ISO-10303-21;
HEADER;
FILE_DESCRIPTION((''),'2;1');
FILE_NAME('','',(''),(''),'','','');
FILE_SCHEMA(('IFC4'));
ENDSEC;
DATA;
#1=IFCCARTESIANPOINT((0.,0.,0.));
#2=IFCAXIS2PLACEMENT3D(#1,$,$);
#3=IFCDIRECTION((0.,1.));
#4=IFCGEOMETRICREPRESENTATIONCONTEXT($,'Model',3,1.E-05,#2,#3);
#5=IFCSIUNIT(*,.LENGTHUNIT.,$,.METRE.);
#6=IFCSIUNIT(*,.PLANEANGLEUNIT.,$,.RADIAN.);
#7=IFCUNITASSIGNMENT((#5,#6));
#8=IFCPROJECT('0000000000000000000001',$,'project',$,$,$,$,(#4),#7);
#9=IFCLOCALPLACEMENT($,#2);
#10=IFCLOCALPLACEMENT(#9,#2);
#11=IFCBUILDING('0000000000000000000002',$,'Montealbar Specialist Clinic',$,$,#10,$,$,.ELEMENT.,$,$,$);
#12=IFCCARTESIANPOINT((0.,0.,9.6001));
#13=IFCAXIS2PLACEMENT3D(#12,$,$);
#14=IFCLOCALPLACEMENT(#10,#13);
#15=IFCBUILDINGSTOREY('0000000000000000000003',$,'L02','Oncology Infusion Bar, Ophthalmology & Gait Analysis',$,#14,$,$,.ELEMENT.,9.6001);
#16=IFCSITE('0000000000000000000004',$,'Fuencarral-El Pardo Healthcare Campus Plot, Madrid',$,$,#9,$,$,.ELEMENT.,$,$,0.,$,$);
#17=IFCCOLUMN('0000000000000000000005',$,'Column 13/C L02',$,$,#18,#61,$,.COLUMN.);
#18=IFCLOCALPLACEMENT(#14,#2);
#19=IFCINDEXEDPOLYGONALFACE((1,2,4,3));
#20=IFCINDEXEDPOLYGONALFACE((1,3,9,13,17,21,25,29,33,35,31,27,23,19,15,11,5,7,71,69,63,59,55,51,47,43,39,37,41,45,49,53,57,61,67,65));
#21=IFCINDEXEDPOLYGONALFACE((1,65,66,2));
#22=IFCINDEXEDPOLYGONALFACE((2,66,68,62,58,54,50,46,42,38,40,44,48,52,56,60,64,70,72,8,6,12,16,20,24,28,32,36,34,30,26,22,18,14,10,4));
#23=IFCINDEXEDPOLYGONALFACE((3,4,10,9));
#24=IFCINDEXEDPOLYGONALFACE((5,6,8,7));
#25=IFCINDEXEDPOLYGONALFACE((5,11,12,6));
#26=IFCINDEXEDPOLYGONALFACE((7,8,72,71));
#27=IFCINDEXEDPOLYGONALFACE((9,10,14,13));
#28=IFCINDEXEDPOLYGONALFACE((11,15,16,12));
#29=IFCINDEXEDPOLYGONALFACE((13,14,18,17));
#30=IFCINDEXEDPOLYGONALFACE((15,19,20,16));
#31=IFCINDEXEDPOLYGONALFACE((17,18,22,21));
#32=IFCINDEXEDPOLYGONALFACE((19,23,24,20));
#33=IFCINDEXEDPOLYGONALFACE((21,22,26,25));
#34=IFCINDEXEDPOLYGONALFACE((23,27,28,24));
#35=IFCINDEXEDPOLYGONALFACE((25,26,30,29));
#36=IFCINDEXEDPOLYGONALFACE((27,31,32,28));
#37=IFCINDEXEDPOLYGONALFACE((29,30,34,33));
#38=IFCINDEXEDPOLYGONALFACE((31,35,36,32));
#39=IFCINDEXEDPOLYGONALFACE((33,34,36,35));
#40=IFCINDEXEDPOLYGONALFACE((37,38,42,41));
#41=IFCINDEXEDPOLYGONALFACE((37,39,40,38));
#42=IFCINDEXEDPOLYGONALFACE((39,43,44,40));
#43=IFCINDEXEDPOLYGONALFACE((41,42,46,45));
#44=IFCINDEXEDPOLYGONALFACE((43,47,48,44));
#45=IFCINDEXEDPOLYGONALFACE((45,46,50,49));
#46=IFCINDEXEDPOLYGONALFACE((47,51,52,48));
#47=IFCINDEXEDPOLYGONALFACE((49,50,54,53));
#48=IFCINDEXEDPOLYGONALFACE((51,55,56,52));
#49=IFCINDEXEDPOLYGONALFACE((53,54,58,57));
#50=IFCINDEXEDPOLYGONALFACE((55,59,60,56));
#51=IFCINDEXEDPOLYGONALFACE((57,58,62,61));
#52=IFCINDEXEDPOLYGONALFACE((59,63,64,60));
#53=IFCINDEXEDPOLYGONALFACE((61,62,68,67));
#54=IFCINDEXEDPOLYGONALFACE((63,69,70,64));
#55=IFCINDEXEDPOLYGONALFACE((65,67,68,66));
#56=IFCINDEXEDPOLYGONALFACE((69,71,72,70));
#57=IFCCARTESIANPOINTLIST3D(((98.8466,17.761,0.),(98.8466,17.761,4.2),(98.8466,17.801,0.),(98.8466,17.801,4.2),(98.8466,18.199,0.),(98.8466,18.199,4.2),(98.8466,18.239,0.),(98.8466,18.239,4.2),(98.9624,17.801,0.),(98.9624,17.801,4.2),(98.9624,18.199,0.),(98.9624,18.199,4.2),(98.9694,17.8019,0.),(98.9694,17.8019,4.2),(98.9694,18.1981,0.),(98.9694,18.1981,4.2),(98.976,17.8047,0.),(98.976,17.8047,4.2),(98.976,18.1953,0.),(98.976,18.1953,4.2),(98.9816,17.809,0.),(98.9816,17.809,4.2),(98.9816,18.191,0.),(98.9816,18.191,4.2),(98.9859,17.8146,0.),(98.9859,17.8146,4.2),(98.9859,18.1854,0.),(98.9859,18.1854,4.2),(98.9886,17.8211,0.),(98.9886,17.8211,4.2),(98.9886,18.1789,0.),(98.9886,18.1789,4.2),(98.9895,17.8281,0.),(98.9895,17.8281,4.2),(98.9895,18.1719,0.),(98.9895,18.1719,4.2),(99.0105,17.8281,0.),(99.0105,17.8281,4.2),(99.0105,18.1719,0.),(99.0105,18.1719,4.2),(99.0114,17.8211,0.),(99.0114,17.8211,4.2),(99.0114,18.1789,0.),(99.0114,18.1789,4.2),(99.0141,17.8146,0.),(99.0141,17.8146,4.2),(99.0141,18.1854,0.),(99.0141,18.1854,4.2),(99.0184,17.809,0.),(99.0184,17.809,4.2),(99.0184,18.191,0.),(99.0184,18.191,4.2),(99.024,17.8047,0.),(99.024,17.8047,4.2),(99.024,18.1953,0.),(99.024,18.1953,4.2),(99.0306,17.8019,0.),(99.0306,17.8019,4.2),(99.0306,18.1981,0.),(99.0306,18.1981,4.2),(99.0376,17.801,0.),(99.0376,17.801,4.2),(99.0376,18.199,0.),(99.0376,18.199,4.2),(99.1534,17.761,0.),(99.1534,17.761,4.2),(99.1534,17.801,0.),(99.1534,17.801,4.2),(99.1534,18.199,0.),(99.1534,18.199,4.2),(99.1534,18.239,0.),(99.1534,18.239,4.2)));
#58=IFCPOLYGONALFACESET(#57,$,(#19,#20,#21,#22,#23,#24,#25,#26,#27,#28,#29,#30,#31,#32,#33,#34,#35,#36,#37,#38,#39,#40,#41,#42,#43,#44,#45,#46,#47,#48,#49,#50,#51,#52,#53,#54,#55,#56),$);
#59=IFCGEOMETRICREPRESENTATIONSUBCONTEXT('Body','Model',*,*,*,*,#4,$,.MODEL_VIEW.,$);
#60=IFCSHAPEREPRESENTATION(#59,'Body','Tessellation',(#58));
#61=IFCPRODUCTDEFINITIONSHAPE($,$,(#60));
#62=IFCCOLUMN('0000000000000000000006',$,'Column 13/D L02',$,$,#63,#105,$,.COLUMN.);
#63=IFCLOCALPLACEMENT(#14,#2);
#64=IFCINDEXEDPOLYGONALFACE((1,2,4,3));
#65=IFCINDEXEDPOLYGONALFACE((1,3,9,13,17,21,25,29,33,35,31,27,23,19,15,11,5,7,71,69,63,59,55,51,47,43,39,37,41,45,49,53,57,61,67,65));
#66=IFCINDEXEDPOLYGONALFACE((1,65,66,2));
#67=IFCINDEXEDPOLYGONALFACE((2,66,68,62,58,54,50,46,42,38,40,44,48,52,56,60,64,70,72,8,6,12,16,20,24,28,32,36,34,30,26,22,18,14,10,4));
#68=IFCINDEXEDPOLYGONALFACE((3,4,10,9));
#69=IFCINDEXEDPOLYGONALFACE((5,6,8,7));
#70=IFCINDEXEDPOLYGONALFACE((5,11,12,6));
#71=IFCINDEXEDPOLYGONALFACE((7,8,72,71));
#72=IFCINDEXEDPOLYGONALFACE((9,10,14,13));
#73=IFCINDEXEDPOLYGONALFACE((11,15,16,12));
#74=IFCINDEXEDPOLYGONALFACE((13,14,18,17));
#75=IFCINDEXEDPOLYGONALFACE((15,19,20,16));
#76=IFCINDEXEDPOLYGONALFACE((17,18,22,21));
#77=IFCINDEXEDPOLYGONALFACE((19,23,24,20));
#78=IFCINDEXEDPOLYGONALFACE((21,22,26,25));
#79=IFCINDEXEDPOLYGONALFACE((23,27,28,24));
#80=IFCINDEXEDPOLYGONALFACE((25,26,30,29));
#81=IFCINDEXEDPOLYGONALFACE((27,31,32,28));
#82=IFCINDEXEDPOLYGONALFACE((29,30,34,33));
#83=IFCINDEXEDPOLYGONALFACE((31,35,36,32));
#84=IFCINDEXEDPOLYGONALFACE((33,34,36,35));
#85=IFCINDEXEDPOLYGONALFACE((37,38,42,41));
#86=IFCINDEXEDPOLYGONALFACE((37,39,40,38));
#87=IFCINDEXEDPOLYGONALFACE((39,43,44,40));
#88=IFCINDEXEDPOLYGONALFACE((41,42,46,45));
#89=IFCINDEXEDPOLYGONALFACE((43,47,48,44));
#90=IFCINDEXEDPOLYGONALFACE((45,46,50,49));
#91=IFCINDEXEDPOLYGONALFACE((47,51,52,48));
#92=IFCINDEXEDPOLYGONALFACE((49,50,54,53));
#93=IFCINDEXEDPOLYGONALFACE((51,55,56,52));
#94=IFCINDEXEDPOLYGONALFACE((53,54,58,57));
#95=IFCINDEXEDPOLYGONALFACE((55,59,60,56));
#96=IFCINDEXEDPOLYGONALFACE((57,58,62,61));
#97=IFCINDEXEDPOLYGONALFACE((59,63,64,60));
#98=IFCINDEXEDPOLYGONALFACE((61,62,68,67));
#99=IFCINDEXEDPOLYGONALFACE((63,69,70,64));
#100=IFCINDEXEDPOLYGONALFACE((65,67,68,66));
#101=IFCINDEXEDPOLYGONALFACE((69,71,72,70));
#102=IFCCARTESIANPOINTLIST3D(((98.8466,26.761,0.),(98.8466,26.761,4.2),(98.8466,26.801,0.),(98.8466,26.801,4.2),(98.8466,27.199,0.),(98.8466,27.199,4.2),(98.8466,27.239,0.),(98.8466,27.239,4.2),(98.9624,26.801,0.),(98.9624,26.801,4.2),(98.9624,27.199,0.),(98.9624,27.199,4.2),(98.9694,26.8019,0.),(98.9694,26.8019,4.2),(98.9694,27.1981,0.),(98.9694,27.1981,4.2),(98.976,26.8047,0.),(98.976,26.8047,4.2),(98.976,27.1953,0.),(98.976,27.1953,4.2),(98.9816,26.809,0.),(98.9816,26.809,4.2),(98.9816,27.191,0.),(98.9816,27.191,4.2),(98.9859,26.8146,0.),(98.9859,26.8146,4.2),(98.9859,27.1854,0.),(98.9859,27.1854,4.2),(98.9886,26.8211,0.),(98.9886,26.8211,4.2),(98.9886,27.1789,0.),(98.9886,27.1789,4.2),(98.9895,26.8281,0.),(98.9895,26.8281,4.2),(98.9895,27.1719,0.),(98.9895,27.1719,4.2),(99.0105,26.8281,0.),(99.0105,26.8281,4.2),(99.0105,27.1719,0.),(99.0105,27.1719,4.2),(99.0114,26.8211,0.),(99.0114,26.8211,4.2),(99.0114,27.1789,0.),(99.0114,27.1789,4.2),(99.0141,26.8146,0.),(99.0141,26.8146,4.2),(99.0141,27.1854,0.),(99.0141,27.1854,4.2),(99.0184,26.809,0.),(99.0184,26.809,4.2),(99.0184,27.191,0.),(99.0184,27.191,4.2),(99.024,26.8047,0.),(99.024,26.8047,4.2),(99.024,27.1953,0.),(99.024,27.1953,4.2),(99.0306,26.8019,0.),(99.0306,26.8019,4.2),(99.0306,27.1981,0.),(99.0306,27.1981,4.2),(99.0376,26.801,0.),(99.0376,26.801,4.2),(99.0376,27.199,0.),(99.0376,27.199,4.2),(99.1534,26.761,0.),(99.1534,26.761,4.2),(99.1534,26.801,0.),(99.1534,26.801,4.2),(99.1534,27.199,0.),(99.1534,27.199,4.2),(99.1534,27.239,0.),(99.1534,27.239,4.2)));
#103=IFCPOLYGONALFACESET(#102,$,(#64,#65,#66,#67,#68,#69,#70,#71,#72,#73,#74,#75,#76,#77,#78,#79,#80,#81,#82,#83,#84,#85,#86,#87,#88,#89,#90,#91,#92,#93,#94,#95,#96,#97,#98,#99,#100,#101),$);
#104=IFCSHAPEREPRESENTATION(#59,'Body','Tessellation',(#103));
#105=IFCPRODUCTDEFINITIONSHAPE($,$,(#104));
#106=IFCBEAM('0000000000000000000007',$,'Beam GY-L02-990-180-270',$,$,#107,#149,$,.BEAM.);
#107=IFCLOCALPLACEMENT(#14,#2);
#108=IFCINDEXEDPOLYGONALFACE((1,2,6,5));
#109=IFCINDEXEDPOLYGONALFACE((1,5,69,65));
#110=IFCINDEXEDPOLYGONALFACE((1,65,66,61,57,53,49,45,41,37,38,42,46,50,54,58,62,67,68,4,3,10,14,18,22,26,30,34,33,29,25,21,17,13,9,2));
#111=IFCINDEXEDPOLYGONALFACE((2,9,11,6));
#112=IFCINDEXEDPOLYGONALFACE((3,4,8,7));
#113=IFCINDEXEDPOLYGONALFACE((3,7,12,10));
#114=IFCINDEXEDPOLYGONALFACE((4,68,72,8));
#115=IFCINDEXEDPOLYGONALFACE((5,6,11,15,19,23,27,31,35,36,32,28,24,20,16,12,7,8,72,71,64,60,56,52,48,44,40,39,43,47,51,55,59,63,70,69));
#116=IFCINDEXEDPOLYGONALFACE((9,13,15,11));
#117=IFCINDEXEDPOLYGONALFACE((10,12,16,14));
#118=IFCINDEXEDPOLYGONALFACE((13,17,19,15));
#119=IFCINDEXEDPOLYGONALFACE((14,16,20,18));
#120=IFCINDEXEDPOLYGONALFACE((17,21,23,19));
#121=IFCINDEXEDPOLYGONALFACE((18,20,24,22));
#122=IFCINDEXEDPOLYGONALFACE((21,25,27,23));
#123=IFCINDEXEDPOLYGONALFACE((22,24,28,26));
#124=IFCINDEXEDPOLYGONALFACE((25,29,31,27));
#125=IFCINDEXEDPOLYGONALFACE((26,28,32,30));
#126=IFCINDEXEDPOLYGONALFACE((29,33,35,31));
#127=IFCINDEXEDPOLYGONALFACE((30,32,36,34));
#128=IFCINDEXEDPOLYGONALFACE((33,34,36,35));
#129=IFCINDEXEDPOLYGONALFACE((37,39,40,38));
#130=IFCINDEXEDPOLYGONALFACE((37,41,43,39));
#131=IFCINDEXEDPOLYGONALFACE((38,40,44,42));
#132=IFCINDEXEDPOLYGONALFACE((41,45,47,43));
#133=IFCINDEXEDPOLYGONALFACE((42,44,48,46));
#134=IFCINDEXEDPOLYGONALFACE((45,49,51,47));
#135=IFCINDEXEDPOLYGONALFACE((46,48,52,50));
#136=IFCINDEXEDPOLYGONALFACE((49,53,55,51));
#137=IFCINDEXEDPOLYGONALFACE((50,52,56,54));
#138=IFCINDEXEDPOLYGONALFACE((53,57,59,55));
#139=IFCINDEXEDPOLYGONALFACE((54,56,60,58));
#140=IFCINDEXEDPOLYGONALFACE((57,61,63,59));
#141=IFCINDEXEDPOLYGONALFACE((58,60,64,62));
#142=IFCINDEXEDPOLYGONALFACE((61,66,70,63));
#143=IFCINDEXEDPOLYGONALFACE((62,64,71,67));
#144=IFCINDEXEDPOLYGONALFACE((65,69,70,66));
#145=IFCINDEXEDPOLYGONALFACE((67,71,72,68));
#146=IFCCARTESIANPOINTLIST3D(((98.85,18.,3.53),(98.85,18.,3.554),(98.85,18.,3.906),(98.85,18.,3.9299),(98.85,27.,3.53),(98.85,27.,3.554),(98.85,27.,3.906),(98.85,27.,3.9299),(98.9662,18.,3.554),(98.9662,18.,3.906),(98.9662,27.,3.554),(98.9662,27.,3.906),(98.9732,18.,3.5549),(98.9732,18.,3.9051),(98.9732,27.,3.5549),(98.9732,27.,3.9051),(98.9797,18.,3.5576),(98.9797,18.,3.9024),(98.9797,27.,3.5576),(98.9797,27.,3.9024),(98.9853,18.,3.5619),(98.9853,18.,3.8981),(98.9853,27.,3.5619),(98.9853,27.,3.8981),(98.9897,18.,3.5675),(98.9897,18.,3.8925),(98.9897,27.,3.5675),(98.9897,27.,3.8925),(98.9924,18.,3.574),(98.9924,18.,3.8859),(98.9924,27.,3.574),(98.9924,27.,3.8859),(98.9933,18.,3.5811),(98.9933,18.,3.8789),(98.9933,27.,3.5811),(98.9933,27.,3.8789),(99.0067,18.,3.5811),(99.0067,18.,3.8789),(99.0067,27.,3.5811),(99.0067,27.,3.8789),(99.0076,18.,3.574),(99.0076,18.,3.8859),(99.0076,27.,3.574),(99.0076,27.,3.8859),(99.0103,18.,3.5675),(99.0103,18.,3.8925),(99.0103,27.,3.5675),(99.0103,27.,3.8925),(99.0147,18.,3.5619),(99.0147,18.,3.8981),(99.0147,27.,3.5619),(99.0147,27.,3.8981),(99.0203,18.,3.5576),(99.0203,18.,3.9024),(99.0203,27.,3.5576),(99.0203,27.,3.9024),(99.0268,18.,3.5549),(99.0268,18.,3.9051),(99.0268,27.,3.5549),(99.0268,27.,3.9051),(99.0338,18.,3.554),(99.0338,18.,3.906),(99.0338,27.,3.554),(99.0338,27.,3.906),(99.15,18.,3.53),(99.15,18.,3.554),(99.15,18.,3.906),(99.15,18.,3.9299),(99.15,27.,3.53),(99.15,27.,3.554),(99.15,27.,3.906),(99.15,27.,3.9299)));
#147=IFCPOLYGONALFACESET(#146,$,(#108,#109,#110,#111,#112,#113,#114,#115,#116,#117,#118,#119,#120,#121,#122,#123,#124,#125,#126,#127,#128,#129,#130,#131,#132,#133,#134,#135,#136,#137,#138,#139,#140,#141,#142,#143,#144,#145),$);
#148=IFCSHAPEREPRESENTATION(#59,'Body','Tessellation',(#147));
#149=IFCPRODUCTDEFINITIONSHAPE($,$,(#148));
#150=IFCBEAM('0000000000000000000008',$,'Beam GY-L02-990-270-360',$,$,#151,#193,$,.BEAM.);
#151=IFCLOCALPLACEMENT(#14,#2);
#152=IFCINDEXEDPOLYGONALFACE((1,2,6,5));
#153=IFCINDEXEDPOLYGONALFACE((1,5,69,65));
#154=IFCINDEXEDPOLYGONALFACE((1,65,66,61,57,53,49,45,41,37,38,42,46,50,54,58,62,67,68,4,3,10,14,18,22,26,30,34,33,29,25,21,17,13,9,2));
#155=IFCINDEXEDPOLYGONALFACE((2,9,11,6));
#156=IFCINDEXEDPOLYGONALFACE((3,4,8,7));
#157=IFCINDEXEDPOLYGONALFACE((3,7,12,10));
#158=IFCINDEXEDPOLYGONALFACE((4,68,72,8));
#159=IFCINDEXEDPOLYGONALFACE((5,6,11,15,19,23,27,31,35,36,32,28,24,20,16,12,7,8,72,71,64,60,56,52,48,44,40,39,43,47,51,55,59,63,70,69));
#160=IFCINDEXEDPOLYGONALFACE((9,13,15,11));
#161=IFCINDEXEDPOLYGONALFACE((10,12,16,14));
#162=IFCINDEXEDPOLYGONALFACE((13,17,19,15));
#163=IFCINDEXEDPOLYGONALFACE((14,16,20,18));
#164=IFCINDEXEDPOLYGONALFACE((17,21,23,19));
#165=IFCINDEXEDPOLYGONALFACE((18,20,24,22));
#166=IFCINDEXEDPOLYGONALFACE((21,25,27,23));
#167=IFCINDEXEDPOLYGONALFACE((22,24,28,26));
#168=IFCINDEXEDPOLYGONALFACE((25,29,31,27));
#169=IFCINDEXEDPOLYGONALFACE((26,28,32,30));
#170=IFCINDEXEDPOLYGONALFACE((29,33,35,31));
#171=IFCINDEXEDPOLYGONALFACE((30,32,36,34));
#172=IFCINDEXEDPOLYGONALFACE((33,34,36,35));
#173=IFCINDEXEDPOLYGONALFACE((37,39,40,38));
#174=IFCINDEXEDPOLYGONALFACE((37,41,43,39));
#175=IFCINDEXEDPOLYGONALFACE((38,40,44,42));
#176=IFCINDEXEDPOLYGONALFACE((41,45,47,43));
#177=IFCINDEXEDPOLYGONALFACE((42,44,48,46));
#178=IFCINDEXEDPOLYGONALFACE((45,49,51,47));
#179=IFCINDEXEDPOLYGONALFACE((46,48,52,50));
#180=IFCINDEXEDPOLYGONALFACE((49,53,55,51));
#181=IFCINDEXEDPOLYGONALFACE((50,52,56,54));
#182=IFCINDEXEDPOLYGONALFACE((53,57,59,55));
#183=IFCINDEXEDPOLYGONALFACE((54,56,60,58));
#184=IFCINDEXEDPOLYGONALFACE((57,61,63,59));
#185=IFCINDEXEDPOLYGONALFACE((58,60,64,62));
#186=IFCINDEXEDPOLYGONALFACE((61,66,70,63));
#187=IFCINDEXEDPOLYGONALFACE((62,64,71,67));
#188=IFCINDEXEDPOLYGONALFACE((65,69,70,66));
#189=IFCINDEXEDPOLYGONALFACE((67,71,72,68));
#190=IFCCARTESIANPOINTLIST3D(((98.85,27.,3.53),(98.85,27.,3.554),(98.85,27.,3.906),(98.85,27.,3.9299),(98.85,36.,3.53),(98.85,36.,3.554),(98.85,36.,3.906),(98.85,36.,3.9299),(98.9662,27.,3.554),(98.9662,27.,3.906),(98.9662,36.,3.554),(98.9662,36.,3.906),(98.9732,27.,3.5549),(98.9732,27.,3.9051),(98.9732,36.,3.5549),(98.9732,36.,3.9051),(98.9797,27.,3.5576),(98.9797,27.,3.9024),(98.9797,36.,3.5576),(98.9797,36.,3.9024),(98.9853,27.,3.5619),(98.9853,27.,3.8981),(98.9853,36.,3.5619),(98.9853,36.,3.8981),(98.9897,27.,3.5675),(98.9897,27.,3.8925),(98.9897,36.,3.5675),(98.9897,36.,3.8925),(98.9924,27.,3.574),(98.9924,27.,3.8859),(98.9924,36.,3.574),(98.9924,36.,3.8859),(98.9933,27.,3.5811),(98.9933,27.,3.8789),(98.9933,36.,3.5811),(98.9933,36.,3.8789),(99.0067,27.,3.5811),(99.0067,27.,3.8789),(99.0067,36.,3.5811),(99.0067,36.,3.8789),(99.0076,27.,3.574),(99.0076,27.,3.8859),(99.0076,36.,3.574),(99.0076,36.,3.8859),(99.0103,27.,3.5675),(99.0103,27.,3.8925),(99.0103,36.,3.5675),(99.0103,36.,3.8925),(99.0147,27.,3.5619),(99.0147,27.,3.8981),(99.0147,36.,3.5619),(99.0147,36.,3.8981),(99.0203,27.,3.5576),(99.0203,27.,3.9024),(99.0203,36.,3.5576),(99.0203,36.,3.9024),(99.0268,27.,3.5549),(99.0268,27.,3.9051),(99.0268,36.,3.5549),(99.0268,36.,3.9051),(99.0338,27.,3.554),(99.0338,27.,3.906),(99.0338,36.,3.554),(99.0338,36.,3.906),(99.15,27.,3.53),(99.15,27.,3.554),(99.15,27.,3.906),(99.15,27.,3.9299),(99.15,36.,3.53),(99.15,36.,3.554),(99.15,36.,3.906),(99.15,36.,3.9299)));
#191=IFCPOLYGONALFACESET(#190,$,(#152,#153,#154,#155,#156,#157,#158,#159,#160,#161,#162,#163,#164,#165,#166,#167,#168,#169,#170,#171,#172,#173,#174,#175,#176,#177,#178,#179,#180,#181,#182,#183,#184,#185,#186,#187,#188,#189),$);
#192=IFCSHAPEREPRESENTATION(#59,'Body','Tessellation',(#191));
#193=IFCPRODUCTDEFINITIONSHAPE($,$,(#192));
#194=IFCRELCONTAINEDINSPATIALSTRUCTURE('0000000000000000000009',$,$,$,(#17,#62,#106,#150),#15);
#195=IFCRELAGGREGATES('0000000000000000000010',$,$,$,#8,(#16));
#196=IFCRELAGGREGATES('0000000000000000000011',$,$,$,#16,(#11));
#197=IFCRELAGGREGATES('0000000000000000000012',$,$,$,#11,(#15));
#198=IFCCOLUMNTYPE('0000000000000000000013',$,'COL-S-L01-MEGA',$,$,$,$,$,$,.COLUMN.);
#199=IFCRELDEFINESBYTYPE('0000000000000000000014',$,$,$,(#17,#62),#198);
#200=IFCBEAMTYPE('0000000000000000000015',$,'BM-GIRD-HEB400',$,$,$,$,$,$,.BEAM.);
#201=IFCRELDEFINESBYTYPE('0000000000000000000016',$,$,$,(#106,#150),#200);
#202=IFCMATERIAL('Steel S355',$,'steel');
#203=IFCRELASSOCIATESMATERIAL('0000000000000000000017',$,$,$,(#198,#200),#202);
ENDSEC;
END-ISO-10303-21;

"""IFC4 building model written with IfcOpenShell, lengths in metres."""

from ifc_helpers import new_model, si_unit, direction, frame, origin, origin_2d, place, context, subcontext, project, spatial, i_section, extrude, material, material_profile, profile_set, type_object, element, save


model = new_model("IFC4")

# Units and contexts
model_context = context("Model", 3, precision=1e-05, world=origin(), true_north=direction((0.0, 1.0)))
body_context = subcontext(model_context, "Body", "Model", "MODEL_VIEW")
ifc_project = project(units=[si_unit("LENGTHUNIT", "METRE"), si_unit("PLANEANGLEUNIT", "RADIAN")], contexts=[model_context])

# Site, building, storey
site_placement = place(None, origin())
site = spatial("IfcSite", under=ifc_project, at=site_placement, Name="Fuencarral-El Pardo Healthcare Campus Plot, Madrid", CompositionType="ELEMENT", RefElevation=0.0)
building_placement = place(site_placement, origin())
building = spatial("IfcBuilding", under=site, at=building_placement, Name="Montealbar Specialist Clinic", CompositionType="ELEMENT")
storey_placement = place(building_placement, frame((0.0, 0.0, 9.6001)))
storey = spatial("IfcBuildingStorey", under=building, at=storey_placement, Name="L02", Description="Oncology Infusion Bar, Ophthalmology & Gait Analysis", CompositionType="ELEMENT", Elevation=9.6001)

# Columns
ifc_material_1 = material(Name="Steel S355", Category="steel")
ifc_material_profile_1 = material_profile(ifc_material_1, i_section(OverallWidth=0.3069, OverallDepth=0.478, WebThickness=0.021, FlangeThickness=0.04, FilletRadius=0.0271, at=origin_2d()), Name="HEM 450", Category="steel")
ifc_profile_set_1 = profile_set([ifc_material_profile_1], Name="Steel S355")
column_type = type_object("IfcColumnType", Name="COL-S-L01-MEGA", PredefinedType="COLUMN", material=ifc_profile_set_1)
for number, where, z_axis, x_axis, name in (
    (1, (99.0, 18.0, 0.0), (0.0, 0.0, 1.0), (1.0, 0.0, 0.0), "Column 13/C L02"),
    (2, (99.0, 27.0, 0.0), (0.0, 0.0, 1.0), (1.0, 0.0, 0.0), "Column 13/D L02"),
):
    element("IfcColumn", number, at=place(storey_placement, frame(where, z_axis=z_axis, x_axis=x_axis)), inside=storey, type_object=column_type, Name=name, PredefinedType="COLUMN", context=body_context, shape_type="SweptSolid", body=[
        extrude(i_section(OverallWidth=0.3069, OverallDepth=0.478, WebThickness=0.021, FlangeThickness=0.04, FilletRadius=0.0271, at=origin_2d()), origin(), (0.0, 0.0, 1.0), 4.2),
    ])

# Beams
ifc_material_profile_2 = material_profile(ifc_material_1, i_section(OverallWidth=0.3, OverallDepth=0.3999, WebThickness=0.0134, FlangeThickness=0.0239, FilletRadius=0.0271, at=origin_2d()), Name="HEB 400", Category="steel")
ifc_profile_set_2 = profile_set([ifc_material_profile_2], Name="Steel S355")
beam_type_1 = type_object("IfcBeamType", Name="BM-GIRD-HEB400", PredefinedType="BEAM", material=ifc_profile_set_2)
for number, where, z_axis, x_axis, name in (
    (3, (99.0, 18.0, 3.73), (0.0, 1.0, 0.0), (-1.0, 0.0, 0.0), "Beam GY-L02-990-180-270"),
    (4, (99.0, 27.0, 3.73), (0.0, 1.0, 0.0), (-1.0, 0.0, 0.0), "Beam GY-L02-990-270-360"),
):
    element("IfcBeam", number, at=place(storey_placement, frame(where, z_axis=z_axis, x_axis=x_axis)), inside=storey, type_object=beam_type_1, Name=name, PredefinedType="BEAM", context=body_context, shape_type="SweptSolid", body=[
        extrude(i_section(OverallWidth=0.3, OverallDepth=0.3999, WebThickness=0.0134, FlangeThickness=0.0239, FilletRadius=0.0271, at=origin_2d()), origin(), (0.0, 0.0, 1.0), 9.0),
    ])

save(model, "model.ifc")
